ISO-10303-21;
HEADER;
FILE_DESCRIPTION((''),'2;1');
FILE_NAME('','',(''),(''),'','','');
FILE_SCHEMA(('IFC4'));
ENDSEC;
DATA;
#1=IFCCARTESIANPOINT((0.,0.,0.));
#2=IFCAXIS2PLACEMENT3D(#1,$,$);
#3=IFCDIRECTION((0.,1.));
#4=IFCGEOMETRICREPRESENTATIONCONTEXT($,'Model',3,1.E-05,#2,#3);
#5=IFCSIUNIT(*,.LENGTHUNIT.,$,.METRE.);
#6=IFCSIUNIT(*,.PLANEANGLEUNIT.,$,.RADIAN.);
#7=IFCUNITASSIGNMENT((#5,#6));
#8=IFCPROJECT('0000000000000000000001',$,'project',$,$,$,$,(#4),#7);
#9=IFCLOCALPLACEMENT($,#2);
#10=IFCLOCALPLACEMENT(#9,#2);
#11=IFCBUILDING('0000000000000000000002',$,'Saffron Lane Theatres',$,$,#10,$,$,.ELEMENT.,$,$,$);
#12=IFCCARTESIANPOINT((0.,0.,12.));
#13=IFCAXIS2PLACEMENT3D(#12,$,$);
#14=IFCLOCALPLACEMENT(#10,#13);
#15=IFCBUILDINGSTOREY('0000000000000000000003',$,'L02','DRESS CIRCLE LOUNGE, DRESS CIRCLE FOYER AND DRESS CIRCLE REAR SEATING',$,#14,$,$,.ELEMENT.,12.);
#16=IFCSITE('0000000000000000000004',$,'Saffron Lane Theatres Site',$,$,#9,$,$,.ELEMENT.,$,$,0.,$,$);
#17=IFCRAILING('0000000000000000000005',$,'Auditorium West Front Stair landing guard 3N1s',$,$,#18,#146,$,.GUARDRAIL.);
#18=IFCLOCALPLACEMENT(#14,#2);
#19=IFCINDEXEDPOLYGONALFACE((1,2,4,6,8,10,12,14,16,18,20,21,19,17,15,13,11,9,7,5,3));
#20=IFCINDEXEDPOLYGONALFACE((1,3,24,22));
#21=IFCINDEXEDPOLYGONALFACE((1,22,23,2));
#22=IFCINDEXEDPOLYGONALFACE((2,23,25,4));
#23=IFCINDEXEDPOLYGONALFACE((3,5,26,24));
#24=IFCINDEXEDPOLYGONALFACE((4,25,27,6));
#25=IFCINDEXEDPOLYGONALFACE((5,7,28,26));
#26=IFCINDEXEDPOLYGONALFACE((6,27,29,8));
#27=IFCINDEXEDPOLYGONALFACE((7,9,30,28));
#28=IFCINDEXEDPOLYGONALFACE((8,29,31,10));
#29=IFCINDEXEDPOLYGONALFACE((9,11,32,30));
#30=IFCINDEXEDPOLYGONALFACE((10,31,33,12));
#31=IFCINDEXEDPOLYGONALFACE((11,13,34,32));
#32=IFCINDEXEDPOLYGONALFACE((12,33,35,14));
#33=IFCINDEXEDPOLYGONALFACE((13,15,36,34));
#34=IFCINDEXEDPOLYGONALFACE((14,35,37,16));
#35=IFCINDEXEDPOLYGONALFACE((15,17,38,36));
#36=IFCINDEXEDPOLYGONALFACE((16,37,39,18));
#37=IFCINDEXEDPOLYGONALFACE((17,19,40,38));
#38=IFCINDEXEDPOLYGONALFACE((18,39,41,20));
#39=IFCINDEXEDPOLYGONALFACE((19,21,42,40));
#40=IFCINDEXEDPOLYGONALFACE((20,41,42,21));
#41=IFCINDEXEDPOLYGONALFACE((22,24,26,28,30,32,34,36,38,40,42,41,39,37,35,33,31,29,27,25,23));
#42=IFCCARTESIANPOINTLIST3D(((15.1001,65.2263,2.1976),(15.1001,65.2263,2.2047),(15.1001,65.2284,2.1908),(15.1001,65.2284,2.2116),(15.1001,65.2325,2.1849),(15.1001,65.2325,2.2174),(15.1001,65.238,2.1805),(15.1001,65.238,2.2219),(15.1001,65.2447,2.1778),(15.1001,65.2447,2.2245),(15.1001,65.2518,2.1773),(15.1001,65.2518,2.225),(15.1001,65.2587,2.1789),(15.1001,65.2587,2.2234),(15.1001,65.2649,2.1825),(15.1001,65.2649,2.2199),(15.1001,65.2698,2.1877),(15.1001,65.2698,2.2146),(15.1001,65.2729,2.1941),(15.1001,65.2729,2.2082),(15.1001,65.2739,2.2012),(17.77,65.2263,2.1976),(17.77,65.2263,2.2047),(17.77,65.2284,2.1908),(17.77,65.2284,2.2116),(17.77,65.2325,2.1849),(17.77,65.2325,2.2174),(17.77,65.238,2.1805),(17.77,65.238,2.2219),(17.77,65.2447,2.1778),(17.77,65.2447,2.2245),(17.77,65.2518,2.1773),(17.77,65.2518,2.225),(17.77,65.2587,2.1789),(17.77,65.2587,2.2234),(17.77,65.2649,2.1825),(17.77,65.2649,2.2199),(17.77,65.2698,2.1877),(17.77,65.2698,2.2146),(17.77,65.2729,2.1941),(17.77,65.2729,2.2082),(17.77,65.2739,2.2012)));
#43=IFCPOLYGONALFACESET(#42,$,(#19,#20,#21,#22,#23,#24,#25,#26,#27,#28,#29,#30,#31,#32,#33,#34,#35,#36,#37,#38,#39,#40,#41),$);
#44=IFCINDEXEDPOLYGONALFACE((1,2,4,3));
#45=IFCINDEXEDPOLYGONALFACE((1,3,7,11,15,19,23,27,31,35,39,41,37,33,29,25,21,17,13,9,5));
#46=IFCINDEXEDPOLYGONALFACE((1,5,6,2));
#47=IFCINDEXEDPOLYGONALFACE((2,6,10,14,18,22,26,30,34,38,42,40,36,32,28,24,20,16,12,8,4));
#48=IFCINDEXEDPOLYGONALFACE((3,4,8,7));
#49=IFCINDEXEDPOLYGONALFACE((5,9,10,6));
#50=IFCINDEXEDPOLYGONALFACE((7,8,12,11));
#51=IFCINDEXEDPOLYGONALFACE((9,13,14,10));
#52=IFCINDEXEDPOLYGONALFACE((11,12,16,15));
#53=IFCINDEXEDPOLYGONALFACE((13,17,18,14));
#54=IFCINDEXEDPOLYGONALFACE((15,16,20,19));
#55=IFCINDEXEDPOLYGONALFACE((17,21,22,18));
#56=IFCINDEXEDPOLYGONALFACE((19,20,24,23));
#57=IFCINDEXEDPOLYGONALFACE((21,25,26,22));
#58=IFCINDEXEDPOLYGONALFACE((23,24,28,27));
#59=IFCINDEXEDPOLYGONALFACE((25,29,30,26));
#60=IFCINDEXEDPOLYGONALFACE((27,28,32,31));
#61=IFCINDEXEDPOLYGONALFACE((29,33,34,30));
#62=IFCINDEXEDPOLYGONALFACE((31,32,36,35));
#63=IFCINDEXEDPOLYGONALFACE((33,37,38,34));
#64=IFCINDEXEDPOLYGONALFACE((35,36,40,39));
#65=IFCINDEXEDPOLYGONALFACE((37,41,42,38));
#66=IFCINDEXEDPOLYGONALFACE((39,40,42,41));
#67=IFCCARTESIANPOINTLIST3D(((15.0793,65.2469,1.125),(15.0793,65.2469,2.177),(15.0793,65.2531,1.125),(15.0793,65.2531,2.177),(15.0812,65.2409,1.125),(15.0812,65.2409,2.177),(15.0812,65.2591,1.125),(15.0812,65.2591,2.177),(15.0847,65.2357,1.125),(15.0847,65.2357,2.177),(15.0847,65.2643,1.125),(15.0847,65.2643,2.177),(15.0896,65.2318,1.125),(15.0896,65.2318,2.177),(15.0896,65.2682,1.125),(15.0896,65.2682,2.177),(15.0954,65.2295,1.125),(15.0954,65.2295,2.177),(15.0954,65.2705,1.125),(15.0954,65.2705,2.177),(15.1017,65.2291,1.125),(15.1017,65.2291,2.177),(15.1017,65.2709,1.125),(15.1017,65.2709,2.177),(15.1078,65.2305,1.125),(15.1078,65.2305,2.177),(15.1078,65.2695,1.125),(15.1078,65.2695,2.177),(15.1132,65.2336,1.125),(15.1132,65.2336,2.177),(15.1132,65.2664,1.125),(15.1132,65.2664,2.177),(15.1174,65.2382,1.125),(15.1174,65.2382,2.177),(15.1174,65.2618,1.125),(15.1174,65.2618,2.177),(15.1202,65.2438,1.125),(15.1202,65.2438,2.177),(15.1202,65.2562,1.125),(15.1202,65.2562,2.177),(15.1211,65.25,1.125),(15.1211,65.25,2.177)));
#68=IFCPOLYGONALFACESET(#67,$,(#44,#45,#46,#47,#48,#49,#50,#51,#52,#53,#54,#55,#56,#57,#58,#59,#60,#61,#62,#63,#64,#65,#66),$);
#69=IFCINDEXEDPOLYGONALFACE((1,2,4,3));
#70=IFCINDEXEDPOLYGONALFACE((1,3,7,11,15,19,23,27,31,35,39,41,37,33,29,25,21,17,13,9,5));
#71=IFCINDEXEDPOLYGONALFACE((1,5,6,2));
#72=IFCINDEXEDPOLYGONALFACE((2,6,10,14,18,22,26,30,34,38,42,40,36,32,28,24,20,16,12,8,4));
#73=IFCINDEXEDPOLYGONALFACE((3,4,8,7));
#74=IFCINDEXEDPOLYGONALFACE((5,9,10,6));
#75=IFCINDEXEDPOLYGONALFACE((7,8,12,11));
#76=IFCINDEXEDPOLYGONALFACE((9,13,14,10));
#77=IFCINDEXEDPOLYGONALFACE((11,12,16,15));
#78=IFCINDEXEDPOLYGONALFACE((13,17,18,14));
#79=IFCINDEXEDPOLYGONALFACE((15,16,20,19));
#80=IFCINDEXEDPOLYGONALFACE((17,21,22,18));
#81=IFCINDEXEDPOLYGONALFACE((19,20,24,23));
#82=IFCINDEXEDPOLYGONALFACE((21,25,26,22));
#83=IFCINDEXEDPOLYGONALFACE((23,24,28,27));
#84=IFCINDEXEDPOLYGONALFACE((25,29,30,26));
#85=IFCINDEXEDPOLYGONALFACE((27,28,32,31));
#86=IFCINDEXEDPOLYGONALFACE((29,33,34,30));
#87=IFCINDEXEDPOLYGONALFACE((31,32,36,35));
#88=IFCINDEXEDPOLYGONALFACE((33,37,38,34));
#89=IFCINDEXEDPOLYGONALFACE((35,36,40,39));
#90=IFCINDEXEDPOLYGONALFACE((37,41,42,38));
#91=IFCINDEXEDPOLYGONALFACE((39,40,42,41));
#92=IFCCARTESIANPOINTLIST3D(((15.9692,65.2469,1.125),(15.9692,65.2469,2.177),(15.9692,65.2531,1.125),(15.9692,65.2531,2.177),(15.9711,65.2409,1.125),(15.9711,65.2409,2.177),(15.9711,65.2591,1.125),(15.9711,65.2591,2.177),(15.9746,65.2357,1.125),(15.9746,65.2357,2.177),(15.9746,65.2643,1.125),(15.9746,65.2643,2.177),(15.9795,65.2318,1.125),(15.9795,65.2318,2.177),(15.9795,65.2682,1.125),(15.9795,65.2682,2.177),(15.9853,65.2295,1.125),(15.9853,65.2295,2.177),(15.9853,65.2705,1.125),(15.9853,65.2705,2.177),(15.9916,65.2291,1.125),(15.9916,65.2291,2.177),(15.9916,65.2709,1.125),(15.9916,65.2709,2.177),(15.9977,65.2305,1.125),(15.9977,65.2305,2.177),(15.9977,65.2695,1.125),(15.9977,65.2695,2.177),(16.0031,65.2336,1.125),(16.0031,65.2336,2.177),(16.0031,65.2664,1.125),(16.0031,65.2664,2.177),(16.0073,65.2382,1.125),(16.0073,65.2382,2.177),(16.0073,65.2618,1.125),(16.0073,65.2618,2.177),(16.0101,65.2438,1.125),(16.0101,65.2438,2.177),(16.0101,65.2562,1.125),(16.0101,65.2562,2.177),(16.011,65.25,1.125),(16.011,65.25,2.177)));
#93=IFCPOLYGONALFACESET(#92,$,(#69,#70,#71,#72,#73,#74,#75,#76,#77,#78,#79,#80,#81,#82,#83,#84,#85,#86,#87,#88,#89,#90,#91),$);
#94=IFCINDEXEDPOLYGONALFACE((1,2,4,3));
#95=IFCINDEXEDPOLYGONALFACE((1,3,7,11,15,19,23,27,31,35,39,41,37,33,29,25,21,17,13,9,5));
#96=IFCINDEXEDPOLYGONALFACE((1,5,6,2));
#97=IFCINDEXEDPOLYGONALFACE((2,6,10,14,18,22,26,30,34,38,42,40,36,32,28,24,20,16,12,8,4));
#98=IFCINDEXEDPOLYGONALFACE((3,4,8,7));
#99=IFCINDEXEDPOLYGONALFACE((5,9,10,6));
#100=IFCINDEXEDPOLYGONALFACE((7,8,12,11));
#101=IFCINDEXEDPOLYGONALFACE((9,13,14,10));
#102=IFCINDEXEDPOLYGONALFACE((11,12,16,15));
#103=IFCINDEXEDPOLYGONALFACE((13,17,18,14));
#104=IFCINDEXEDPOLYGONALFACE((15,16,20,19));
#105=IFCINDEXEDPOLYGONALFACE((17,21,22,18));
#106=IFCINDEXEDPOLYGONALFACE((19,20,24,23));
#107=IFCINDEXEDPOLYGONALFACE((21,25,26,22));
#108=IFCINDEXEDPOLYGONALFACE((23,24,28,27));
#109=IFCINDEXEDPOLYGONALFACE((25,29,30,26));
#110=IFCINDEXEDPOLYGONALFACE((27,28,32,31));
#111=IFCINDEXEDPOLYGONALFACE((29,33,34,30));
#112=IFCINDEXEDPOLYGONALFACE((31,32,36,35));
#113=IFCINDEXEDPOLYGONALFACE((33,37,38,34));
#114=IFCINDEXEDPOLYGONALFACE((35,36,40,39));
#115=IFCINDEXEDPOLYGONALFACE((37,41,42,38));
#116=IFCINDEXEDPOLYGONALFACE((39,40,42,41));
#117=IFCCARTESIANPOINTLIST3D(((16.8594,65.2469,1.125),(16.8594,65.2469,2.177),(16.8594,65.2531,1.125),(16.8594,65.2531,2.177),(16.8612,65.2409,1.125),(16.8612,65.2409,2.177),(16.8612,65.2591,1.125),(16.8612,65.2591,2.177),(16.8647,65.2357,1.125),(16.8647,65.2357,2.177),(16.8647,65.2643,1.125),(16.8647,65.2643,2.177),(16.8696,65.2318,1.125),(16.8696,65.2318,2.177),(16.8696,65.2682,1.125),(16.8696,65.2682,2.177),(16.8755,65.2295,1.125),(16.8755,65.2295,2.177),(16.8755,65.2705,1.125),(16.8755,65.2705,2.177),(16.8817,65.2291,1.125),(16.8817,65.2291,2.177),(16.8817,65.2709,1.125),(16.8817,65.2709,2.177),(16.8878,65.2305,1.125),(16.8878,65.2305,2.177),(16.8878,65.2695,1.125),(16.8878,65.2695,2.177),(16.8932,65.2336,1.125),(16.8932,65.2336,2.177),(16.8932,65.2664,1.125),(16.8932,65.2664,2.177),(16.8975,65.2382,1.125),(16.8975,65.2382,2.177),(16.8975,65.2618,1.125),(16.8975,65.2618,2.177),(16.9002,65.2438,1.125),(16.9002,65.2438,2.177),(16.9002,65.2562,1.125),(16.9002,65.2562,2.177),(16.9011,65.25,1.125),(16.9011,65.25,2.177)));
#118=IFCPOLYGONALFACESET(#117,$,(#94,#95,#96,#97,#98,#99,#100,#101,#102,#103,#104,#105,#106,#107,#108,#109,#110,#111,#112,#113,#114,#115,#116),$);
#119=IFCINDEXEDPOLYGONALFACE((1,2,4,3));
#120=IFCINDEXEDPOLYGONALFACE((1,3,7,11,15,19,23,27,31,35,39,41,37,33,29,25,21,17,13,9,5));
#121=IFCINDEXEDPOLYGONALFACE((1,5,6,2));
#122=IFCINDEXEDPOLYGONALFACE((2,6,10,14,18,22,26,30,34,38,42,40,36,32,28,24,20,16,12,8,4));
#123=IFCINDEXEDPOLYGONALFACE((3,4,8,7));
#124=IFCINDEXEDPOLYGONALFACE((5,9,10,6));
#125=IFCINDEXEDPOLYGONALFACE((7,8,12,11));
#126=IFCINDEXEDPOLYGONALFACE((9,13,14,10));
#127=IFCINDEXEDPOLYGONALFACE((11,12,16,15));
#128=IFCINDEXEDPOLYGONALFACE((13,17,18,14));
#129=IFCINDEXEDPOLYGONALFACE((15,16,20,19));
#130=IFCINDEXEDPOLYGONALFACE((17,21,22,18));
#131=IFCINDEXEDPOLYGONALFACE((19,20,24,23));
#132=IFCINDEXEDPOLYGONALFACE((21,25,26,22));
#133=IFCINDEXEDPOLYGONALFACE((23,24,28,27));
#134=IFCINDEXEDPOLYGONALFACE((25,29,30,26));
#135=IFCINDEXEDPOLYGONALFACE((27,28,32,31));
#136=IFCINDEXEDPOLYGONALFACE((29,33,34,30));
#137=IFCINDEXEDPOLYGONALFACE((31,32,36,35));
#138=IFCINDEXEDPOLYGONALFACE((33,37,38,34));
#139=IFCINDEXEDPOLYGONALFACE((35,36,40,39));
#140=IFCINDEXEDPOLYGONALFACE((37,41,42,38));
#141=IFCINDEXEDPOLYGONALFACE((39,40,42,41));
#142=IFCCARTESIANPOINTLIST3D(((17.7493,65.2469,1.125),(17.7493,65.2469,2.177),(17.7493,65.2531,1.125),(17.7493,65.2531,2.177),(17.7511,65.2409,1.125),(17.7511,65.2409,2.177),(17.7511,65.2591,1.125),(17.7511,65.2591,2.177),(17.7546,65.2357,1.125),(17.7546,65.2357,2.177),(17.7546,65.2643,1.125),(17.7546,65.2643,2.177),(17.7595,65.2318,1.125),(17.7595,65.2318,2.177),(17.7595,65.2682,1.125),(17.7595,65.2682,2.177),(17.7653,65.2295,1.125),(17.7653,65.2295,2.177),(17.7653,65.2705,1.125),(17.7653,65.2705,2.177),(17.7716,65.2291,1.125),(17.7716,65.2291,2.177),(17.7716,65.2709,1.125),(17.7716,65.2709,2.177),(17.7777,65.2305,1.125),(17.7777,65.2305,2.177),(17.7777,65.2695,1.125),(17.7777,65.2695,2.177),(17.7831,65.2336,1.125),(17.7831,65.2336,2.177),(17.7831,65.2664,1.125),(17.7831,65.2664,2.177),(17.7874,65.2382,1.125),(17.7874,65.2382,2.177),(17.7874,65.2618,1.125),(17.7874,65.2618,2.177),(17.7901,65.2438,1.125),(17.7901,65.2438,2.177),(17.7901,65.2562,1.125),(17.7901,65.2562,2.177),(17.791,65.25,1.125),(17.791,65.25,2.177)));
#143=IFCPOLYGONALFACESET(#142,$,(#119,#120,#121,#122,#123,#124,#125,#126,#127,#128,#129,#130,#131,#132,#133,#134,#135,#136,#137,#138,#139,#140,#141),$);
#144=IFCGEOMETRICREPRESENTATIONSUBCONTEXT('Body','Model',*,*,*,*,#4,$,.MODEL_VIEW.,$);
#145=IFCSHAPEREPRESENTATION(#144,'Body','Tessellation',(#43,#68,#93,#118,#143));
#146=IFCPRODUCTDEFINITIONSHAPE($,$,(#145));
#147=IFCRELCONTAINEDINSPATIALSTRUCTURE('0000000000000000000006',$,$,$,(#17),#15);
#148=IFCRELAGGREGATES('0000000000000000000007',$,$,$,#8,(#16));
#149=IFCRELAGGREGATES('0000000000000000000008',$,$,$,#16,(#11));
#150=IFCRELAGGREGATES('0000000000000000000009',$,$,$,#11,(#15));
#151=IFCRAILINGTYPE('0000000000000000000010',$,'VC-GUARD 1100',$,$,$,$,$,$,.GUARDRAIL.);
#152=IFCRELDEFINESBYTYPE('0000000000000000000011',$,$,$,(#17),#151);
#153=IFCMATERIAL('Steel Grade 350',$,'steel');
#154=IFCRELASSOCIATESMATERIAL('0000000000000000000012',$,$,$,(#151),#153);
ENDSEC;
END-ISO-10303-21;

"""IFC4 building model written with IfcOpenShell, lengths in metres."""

from ifc_helpers import new_model, si_unit, direction, frame, origin, origin_2d, place, context, subcontext, project, spatial, circle, extrude, material, type_object, element, save


model = new_model("IFC4")

# Units and contexts
model_context = context("Model", 3, precision=1e-05, world=origin(), true_north=direction((0.0, 1.0)))
body_context = subcontext(model_context, "Body", "Model", "MODEL_VIEW")
ifc_project = project(units=[si_unit("LENGTHUNIT", "METRE"), si_unit("PLANEANGLEUNIT", "RADIAN")], contexts=[model_context])

# Site, building, storey
site_placement = place(None, origin())
site = spatial("IfcSite", under=ifc_project, at=site_placement, Name="Saffron Lane Theatres Site", CompositionType="ELEMENT", RefElevation=0.0)
building_placement = place(site_placement, origin())
building = spatial("IfcBuilding", under=site, at=building_placement, Name="Saffron Lane Theatres", CompositionType="ELEMENT")
storey_placement = place(building_placement, frame((0.0, 0.0, 12.0)))
storey = spatial("IfcBuildingStorey", under=building, at=storey_placement, Name="L02", Description="DRESS CIRCLE LOUNGE, DRESS CIRCLE FOYER AND DRESS CIRCLE REAR SEATING", CompositionType="ELEMENT", Elevation=12.0)

# Railing
ifc_material_1 = material(Name="Steel Grade 350", Category="steel")
railing_type_1 = type_object("IfcRailingType", Name="VC-GUARD 1100", PredefinedType="GUARDRAIL", material=ifc_material_1)
railing_1_placement = place(storey_placement, frame((15.1001, 65.25, 1.125)))
element("IfcRailing", 1, at=railing_1_placement, inside=storey, type_object=railing_type_1, Name="Auditorium West Front Stair landing guard 3N1s", PredefinedType="GUARDRAIL", context=body_context, shape_type="SweptSolid", body=[
    extrude(circle(Radius=0.0239, at=origin_2d()), frame((0.0, 0.0, 1.0762), z_axis=(1.0, 0.0, 0.0), x_axis=(0.0, 1.0, 0.0)), (0.0, 0.0, 1.0), 2.6699),
    extrude(circle(Radius=0.021, at=origin_2d()), origin(), (0.0, 0.0, 1.0), 1.052),
    extrude(circle(Radius=0.021, at=origin_2d()), frame((0.8899, 0.0, 0.0)), (0.0, 0.0, 1.0), 1.052),
    extrude(circle(Radius=0.021, at=origin_2d()), frame((1.78, 0.0, 0.0)), (0.0, 0.0, 1.0), 1.052),
    extrude(circle(Radius=0.021, at=origin_2d()), frame((2.6699, 0.0, 0.0)), (0.0, 0.0, 1.0), 1.052),
])

save(model, "model.ifc")
